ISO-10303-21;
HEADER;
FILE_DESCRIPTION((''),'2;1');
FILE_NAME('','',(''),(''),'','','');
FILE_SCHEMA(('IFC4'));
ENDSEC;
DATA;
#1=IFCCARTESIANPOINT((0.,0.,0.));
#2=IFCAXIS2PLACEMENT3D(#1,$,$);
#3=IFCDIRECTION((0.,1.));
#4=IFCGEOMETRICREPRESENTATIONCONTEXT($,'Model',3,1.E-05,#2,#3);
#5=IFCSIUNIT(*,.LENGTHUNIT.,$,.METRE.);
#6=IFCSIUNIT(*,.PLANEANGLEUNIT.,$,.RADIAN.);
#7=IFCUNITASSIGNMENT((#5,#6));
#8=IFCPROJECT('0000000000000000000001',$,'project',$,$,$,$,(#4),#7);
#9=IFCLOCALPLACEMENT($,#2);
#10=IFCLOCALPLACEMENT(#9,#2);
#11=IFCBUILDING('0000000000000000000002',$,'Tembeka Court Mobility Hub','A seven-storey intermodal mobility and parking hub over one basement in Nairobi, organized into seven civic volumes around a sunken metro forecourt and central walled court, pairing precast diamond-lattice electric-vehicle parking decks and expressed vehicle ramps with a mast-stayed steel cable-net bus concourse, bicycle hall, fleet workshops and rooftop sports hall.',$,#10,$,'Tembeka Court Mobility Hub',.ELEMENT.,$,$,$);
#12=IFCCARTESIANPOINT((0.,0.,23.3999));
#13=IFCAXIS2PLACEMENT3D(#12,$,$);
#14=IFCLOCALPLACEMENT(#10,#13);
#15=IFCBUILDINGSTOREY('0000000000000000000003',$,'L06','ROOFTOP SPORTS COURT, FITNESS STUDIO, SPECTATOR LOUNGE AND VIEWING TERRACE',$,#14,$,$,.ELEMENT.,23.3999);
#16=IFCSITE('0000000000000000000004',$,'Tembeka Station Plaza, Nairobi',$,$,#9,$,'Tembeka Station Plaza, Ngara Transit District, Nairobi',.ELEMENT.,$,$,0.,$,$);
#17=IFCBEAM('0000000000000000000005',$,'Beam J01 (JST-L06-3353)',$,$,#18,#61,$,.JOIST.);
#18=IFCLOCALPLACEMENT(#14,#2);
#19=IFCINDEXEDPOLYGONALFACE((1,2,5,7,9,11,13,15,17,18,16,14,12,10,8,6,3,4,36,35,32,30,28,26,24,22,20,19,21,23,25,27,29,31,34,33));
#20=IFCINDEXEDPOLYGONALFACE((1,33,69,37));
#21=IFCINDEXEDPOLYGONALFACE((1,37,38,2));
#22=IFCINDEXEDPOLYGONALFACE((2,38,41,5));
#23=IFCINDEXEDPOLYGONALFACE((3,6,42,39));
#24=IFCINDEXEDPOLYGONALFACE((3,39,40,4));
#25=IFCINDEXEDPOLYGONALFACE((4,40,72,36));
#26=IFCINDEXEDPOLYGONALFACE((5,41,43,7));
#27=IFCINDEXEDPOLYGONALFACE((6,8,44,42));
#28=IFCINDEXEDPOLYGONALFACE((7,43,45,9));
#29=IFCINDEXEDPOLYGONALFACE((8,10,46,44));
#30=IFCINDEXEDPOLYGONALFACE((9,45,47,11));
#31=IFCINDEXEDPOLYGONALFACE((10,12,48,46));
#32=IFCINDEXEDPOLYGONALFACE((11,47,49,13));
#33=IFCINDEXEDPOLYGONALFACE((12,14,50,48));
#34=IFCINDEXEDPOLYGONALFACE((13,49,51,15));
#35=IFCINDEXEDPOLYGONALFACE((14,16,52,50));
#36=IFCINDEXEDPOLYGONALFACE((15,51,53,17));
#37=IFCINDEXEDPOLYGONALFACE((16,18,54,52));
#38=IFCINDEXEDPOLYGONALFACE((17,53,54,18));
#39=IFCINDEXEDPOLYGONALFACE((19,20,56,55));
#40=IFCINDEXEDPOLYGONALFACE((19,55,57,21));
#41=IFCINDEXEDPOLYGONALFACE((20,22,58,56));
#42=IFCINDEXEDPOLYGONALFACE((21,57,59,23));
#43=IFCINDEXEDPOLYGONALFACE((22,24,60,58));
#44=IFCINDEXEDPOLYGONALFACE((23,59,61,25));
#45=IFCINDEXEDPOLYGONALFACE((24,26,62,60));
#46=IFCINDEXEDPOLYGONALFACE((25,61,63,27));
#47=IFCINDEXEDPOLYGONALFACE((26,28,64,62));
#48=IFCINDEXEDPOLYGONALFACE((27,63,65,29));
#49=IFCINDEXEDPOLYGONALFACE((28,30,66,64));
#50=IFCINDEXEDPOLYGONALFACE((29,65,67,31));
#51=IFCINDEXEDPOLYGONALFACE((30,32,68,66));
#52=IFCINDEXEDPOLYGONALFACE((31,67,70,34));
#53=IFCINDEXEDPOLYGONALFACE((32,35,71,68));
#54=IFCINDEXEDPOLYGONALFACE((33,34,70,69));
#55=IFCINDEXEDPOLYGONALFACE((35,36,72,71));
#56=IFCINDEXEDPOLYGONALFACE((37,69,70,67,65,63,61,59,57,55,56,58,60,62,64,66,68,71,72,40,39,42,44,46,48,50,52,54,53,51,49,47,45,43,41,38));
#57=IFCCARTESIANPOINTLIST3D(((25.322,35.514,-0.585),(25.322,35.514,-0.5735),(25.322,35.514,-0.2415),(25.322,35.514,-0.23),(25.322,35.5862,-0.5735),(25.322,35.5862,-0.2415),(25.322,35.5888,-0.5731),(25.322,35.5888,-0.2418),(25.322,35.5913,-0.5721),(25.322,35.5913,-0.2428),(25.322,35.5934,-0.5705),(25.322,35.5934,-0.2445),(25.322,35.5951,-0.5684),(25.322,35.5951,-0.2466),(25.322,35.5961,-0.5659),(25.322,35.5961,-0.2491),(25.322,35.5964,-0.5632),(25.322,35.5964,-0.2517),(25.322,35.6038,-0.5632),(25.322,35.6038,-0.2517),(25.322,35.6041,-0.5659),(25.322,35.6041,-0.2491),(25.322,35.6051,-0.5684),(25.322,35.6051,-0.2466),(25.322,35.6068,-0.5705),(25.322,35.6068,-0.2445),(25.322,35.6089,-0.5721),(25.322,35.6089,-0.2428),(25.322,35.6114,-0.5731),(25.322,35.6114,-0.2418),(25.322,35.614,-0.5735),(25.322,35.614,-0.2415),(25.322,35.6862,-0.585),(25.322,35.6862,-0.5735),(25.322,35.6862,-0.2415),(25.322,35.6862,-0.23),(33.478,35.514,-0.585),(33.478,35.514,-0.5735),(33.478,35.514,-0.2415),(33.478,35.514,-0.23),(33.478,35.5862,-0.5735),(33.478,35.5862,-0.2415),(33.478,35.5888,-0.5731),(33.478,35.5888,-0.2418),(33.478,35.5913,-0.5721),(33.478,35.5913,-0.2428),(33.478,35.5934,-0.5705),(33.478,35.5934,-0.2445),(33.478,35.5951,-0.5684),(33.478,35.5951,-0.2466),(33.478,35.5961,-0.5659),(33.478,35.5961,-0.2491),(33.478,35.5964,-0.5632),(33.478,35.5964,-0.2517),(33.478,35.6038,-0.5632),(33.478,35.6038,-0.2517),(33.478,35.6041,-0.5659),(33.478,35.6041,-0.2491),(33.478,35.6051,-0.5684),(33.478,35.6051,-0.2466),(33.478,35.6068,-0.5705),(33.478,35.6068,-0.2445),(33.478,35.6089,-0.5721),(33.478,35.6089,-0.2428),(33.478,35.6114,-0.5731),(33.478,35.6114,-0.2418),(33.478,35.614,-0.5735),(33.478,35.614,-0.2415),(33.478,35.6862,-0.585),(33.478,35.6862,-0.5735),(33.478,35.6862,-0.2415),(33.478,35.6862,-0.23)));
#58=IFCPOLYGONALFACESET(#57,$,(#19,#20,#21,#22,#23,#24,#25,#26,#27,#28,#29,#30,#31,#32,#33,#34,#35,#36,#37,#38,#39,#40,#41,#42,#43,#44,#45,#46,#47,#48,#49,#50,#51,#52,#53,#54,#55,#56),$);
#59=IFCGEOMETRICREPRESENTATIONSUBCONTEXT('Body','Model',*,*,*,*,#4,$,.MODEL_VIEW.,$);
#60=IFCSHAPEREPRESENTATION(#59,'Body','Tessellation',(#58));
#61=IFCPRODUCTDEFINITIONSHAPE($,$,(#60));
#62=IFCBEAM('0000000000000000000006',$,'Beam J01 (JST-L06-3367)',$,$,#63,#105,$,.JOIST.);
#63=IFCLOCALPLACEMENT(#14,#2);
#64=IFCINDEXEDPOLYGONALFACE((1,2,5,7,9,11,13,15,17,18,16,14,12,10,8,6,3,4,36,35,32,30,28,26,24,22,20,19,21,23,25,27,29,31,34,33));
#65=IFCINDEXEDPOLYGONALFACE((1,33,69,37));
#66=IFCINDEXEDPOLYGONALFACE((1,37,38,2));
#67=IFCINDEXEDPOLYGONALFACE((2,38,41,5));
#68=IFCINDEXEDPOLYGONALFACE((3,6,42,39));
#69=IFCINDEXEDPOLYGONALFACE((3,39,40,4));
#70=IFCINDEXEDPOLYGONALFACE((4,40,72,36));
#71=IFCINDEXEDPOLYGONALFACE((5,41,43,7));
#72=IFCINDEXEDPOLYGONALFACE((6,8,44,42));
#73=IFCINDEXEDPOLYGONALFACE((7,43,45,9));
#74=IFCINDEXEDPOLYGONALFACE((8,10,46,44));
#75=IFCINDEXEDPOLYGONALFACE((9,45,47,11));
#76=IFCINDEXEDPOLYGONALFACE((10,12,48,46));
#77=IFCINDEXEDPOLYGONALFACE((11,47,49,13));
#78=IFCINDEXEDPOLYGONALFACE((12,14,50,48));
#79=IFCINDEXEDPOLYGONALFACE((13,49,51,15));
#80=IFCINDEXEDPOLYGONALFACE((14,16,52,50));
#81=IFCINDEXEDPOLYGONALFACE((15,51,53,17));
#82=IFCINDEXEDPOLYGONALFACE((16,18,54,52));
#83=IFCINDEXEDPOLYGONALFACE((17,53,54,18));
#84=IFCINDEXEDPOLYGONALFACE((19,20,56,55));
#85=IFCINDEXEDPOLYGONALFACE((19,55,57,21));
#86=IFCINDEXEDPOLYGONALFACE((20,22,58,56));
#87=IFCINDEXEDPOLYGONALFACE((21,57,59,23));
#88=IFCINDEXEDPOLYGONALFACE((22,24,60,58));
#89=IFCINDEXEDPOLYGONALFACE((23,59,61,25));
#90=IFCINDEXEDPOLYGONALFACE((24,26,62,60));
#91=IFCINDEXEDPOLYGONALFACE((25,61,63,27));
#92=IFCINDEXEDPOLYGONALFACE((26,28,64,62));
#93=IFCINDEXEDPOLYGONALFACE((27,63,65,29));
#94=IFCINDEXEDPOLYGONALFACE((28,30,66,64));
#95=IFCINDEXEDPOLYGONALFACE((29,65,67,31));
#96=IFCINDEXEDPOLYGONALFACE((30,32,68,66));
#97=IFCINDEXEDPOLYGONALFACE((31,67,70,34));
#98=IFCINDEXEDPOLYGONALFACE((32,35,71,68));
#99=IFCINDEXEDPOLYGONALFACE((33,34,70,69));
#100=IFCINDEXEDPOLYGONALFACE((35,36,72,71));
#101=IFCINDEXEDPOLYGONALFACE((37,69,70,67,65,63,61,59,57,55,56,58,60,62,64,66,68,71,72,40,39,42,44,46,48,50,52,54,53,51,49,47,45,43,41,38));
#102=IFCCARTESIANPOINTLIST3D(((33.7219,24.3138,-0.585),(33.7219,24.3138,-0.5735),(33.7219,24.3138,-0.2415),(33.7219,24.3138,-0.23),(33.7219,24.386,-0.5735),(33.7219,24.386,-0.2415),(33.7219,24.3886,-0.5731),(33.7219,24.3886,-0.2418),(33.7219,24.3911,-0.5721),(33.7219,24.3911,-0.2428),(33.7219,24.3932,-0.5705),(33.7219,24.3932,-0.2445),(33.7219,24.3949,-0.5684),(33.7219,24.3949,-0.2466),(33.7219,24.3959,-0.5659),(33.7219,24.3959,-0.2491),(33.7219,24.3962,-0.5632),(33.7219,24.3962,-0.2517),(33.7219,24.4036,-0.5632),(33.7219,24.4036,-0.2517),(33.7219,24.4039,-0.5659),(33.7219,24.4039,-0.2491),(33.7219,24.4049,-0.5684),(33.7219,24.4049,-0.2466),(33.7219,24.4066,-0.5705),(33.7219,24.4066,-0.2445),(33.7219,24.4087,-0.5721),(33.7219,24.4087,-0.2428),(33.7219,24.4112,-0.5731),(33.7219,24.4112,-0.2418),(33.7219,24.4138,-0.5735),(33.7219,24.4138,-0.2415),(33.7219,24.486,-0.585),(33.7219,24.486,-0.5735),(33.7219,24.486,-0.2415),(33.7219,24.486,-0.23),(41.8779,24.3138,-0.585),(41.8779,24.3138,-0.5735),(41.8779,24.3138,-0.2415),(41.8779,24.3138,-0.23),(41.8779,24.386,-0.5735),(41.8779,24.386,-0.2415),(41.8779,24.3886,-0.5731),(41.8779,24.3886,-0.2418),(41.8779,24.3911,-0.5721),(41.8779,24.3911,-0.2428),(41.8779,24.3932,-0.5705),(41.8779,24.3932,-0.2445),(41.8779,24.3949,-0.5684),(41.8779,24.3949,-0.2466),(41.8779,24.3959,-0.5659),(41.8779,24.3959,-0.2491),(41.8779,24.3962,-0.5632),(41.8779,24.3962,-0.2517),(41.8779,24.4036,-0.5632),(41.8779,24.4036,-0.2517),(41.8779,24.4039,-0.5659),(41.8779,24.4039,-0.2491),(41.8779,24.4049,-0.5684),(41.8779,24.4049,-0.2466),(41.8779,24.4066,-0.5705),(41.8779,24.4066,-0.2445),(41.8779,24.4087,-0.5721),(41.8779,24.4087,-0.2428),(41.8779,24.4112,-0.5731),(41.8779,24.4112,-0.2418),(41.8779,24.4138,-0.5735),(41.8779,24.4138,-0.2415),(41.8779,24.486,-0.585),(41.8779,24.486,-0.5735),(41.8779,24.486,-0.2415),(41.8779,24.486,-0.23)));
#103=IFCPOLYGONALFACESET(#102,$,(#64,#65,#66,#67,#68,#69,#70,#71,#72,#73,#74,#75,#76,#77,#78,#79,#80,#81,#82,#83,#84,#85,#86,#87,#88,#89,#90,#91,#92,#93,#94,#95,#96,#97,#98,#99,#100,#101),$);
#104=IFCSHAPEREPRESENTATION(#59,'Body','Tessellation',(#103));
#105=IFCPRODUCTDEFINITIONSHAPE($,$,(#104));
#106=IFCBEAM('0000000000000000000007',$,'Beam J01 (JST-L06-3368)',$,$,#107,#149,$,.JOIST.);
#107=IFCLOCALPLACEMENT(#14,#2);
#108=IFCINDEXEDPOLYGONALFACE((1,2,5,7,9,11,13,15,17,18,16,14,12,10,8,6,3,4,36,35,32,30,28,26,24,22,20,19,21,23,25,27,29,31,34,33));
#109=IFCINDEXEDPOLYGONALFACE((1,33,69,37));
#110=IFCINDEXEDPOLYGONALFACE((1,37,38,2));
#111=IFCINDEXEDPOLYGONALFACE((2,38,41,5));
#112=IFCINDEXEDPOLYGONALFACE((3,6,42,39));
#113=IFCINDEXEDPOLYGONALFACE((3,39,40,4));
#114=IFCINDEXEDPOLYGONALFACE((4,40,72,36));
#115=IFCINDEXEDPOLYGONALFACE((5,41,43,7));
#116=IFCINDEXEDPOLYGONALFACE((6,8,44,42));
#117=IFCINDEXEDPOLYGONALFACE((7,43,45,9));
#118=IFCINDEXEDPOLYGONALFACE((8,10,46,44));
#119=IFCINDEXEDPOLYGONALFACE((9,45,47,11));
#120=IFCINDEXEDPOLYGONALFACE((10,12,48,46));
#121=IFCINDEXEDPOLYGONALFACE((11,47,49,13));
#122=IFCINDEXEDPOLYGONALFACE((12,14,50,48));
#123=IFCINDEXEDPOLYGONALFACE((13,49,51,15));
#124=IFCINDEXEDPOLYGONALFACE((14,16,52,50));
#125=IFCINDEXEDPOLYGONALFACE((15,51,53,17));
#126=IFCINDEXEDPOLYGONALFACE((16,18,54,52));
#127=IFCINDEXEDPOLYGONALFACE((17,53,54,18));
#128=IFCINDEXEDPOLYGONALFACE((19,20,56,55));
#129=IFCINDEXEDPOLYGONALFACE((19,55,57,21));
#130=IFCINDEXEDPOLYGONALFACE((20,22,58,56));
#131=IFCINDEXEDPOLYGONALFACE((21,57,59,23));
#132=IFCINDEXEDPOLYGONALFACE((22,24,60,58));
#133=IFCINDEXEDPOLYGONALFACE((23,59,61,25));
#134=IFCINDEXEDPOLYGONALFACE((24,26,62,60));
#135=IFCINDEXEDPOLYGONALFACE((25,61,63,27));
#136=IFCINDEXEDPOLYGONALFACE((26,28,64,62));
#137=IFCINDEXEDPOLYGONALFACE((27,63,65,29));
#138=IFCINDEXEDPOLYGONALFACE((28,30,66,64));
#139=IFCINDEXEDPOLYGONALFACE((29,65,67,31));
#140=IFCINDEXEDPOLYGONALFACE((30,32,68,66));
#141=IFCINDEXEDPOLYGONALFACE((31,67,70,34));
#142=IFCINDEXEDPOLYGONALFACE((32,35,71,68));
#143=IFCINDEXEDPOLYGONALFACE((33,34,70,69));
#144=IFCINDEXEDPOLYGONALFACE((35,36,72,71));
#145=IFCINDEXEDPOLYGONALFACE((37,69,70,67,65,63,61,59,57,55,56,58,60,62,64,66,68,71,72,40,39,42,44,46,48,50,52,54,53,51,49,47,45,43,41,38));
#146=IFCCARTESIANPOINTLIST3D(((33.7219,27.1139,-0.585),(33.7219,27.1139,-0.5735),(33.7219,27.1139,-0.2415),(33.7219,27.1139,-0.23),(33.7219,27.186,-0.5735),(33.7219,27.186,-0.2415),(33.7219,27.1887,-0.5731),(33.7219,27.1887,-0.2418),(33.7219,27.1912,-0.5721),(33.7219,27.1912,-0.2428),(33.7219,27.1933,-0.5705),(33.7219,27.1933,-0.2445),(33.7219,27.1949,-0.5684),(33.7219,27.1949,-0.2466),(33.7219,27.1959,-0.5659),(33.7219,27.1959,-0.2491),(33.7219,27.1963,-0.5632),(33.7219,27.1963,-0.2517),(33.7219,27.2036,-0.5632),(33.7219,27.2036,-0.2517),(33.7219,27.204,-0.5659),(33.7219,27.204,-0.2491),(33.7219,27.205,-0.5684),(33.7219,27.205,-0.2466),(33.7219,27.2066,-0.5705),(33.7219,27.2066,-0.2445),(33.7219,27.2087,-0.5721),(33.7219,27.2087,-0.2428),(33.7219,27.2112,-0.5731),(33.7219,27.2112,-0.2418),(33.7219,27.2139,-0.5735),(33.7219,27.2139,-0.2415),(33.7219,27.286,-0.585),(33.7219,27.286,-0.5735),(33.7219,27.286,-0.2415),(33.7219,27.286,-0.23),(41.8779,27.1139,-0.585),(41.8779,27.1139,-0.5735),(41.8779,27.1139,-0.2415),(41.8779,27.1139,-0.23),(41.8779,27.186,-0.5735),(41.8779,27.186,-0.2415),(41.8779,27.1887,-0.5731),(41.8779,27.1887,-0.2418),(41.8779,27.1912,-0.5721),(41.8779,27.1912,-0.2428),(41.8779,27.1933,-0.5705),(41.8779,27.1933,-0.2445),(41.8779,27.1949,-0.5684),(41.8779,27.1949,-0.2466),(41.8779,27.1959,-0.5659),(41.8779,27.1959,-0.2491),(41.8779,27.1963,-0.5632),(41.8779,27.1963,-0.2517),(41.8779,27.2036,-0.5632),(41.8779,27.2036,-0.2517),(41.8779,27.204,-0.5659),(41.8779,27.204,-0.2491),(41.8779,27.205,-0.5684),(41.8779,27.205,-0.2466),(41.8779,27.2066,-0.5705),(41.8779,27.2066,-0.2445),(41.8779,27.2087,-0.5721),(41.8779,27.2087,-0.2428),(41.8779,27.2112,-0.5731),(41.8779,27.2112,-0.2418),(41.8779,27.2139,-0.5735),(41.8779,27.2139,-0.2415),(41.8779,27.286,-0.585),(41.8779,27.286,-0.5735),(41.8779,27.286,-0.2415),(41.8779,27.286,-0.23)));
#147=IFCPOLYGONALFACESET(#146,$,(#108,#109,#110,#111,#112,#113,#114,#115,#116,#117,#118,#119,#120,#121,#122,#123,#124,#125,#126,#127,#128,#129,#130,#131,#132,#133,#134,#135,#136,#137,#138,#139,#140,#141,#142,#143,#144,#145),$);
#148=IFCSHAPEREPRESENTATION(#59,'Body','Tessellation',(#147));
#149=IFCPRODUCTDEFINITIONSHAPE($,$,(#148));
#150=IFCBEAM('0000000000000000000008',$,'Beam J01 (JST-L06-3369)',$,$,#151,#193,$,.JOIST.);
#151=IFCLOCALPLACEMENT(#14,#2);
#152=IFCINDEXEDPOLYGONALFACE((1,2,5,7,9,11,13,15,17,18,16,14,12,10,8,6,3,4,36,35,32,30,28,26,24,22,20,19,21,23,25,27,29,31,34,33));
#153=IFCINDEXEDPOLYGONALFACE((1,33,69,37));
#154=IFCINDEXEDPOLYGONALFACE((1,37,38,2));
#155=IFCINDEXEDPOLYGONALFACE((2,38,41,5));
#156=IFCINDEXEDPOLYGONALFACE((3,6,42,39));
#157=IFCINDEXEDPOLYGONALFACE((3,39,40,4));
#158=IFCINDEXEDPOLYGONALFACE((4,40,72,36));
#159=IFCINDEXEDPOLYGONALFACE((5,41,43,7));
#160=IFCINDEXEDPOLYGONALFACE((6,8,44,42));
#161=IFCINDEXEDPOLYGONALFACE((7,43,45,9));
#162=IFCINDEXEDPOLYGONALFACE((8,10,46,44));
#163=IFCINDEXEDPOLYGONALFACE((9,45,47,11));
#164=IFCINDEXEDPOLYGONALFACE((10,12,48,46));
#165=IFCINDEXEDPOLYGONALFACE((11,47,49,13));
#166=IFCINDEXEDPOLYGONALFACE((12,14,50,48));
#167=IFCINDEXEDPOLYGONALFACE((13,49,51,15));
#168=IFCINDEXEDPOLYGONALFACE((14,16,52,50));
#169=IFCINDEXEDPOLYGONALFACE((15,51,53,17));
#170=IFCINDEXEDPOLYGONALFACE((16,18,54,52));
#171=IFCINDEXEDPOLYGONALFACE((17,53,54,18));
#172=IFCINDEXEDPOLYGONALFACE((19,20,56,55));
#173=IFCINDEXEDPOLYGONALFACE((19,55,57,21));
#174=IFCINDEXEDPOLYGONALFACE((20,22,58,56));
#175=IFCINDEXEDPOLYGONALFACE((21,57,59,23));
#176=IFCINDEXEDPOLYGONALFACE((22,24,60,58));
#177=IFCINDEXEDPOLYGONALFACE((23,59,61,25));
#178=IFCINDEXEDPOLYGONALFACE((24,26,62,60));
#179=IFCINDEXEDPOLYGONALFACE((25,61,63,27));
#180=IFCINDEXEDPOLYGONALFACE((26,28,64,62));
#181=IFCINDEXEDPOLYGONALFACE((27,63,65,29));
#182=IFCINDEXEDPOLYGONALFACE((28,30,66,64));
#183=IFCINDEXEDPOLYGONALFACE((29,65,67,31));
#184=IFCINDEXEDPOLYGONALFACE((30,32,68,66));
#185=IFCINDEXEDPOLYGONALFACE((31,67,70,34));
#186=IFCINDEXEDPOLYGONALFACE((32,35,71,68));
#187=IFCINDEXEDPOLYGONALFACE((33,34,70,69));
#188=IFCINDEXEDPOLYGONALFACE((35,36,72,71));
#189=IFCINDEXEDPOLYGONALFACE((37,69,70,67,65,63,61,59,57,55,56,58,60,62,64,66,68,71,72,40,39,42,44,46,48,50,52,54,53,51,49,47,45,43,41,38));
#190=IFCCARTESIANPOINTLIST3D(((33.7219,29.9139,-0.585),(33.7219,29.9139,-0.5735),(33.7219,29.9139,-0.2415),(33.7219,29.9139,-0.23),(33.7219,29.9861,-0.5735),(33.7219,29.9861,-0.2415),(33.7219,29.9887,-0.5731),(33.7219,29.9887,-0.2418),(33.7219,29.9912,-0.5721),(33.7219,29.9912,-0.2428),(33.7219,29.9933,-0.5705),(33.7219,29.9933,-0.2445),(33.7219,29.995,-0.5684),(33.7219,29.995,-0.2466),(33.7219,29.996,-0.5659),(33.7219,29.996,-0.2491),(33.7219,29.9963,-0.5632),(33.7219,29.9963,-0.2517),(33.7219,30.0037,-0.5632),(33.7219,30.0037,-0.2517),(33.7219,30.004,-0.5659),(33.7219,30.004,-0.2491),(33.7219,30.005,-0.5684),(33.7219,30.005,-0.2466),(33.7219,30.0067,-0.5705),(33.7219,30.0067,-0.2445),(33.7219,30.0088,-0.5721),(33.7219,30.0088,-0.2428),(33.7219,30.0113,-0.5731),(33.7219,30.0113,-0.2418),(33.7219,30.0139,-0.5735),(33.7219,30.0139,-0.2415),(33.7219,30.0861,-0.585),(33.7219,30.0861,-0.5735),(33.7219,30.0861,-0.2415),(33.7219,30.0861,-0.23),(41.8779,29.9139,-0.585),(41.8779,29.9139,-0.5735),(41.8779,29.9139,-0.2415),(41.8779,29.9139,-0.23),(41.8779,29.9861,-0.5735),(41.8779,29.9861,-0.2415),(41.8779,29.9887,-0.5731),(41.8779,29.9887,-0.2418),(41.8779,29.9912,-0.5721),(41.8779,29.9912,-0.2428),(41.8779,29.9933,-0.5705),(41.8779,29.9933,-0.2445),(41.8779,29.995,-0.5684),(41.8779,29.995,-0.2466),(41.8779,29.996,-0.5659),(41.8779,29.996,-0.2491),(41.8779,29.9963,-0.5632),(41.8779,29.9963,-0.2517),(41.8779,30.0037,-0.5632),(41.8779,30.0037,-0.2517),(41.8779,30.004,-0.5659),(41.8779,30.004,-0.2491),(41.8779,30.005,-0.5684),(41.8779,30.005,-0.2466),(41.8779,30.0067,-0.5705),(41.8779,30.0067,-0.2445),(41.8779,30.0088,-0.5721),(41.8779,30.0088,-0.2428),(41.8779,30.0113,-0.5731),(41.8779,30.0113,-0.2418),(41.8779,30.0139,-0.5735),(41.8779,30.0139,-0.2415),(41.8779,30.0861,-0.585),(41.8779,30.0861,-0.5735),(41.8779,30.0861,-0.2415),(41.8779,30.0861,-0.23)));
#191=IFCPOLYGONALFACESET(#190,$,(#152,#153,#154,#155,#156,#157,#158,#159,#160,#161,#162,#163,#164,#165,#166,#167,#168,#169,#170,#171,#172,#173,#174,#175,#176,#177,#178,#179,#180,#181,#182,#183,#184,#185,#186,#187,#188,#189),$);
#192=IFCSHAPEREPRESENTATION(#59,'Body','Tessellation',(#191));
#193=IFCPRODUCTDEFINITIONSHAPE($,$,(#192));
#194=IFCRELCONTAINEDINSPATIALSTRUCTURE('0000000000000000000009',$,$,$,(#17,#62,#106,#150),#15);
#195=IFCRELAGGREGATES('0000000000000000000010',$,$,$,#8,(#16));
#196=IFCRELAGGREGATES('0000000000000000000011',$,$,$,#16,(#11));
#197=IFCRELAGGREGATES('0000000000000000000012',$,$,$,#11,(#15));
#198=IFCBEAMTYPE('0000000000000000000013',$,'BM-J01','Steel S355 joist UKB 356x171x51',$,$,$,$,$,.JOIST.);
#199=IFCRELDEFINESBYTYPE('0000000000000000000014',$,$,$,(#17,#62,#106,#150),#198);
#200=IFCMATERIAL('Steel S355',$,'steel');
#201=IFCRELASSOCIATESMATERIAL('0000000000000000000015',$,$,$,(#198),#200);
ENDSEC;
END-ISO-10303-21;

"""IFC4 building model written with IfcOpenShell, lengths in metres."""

from ifc_helpers import new_model, si_unit, direction, frame, origin, origin_2d, place, context, subcontext, project, spatial, i_section, extrude, material, material_profile, profile_set, type_object, element, save


model = new_model("IFC4")

# Units and contexts
model_context = context("Model", 3, precision=1e-05, world=origin(), true_north=direction((0.0, 1.0)))
body_context = subcontext(model_context, "Body", "Model", "MODEL_VIEW")
ifc_project = project(units=[si_unit("LENGTHUNIT", "METRE"), si_unit("PLANEANGLEUNIT", "RADIAN")], contexts=[model_context])

# Site, building, storey
site_placement = place(None, origin())
site = spatial("IfcSite", under=ifc_project, at=site_placement, Name="Tembeka Station Plaza, Nairobi", LongName="Tembeka Station Plaza, Ngara Transit District, Nairobi", CompositionType="ELEMENT", RefElevation=0.0)
building_placement = place(site_placement, origin())
building = spatial("IfcBuilding", under=site, at=building_placement, Name="Tembeka Court Mobility Hub", Description="A seven-storey intermodal mobility and parking hub over one basement in Nairobi, organized into seven civic volumes around a sunken metro forecourt and central walled court, pairing precast diamond-lattice electric-vehicle parking decks and expressed vehicle ramps with a mast-stayed steel cable-net bus concourse, bicycle hall, fleet workshops and rooftop sports hall.", LongName="Tembeka Court Mobility Hub", CompositionType="ELEMENT")
storey_placement = place(building_placement, frame((0.0, 0.0, 23.3999)))
storey = spatial("IfcBuildingStorey", under=building, at=storey_placement, Name="L06", Description="ROOFTOP SPORTS COURT, FITNESS STUDIO, SPECTATOR LOUNGE AND VIEWING TERRACE", CompositionType="ELEMENT", Elevation=23.3999)

# Shared definitions
ifc_material_1 = material(Name="Steel S355", Category="steel")

# Beams
ifc_material_profile_1 = material_profile(ifc_material_1, i_section(OverallWidth=0.1721, OverallDepth=0.355, WebThickness=0.0073, FlangeThickness=0.0115, FilletRadius=0.0103, at=origin_2d()), Name="UKB 356x171x51")
ifc_profile_set_1 = profile_set([ifc_material_profile_1], Name="Steel S355")
beam_type_1 = type_object("IfcBeamType", Name="BM-J01", Description="Steel S355 joist UKB 356x171x51", PredefinedType="JOIST", material=ifc_profile_set_1)
for number, where, z_axis, x_axis, name in (
    (1, (25.322, 35.6001, -0.4075), (1.0, 0.0, 0.0), (0.0, 1.0, 0.0), "Beam J01 (JST-L06-3353)"),
    (2, (33.7219, 24.3999, -0.4075), (1.0, 0.0, 0.0), (0.0, 1.0, 0.0), "Beam J01 (JST-L06-3367)"),
    (3, (33.7219, 27.2, -0.4075), (1.0, 0.0, 0.0), (0.0, 1.0, 0.0), "Beam J01 (JST-L06-3368)"),
    (4, (33.7219, 30.0, -0.4075), (1.0, 0.0, 0.0), (0.0, 1.0, 0.0), "Beam J01 (JST-L06-3369)"),
):
    element("IfcBeam", number, at=place(storey_placement, frame(where, z_axis=z_axis, x_axis=x_axis)), inside=storey, type_object=beam_type_1, Name=name, PredefinedType="JOIST", context=body_context, shape_type="SweptSolid", body=[
        extrude(i_section(OverallWidth=0.1721, OverallDepth=0.355, WebThickness=0.0073, FlangeThickness=0.0115, FilletRadius=0.0103, at=origin_2d()), origin(), (0.0, 0.0, 1.0), 8.156),
    ])

save(model, "model.ifc")
